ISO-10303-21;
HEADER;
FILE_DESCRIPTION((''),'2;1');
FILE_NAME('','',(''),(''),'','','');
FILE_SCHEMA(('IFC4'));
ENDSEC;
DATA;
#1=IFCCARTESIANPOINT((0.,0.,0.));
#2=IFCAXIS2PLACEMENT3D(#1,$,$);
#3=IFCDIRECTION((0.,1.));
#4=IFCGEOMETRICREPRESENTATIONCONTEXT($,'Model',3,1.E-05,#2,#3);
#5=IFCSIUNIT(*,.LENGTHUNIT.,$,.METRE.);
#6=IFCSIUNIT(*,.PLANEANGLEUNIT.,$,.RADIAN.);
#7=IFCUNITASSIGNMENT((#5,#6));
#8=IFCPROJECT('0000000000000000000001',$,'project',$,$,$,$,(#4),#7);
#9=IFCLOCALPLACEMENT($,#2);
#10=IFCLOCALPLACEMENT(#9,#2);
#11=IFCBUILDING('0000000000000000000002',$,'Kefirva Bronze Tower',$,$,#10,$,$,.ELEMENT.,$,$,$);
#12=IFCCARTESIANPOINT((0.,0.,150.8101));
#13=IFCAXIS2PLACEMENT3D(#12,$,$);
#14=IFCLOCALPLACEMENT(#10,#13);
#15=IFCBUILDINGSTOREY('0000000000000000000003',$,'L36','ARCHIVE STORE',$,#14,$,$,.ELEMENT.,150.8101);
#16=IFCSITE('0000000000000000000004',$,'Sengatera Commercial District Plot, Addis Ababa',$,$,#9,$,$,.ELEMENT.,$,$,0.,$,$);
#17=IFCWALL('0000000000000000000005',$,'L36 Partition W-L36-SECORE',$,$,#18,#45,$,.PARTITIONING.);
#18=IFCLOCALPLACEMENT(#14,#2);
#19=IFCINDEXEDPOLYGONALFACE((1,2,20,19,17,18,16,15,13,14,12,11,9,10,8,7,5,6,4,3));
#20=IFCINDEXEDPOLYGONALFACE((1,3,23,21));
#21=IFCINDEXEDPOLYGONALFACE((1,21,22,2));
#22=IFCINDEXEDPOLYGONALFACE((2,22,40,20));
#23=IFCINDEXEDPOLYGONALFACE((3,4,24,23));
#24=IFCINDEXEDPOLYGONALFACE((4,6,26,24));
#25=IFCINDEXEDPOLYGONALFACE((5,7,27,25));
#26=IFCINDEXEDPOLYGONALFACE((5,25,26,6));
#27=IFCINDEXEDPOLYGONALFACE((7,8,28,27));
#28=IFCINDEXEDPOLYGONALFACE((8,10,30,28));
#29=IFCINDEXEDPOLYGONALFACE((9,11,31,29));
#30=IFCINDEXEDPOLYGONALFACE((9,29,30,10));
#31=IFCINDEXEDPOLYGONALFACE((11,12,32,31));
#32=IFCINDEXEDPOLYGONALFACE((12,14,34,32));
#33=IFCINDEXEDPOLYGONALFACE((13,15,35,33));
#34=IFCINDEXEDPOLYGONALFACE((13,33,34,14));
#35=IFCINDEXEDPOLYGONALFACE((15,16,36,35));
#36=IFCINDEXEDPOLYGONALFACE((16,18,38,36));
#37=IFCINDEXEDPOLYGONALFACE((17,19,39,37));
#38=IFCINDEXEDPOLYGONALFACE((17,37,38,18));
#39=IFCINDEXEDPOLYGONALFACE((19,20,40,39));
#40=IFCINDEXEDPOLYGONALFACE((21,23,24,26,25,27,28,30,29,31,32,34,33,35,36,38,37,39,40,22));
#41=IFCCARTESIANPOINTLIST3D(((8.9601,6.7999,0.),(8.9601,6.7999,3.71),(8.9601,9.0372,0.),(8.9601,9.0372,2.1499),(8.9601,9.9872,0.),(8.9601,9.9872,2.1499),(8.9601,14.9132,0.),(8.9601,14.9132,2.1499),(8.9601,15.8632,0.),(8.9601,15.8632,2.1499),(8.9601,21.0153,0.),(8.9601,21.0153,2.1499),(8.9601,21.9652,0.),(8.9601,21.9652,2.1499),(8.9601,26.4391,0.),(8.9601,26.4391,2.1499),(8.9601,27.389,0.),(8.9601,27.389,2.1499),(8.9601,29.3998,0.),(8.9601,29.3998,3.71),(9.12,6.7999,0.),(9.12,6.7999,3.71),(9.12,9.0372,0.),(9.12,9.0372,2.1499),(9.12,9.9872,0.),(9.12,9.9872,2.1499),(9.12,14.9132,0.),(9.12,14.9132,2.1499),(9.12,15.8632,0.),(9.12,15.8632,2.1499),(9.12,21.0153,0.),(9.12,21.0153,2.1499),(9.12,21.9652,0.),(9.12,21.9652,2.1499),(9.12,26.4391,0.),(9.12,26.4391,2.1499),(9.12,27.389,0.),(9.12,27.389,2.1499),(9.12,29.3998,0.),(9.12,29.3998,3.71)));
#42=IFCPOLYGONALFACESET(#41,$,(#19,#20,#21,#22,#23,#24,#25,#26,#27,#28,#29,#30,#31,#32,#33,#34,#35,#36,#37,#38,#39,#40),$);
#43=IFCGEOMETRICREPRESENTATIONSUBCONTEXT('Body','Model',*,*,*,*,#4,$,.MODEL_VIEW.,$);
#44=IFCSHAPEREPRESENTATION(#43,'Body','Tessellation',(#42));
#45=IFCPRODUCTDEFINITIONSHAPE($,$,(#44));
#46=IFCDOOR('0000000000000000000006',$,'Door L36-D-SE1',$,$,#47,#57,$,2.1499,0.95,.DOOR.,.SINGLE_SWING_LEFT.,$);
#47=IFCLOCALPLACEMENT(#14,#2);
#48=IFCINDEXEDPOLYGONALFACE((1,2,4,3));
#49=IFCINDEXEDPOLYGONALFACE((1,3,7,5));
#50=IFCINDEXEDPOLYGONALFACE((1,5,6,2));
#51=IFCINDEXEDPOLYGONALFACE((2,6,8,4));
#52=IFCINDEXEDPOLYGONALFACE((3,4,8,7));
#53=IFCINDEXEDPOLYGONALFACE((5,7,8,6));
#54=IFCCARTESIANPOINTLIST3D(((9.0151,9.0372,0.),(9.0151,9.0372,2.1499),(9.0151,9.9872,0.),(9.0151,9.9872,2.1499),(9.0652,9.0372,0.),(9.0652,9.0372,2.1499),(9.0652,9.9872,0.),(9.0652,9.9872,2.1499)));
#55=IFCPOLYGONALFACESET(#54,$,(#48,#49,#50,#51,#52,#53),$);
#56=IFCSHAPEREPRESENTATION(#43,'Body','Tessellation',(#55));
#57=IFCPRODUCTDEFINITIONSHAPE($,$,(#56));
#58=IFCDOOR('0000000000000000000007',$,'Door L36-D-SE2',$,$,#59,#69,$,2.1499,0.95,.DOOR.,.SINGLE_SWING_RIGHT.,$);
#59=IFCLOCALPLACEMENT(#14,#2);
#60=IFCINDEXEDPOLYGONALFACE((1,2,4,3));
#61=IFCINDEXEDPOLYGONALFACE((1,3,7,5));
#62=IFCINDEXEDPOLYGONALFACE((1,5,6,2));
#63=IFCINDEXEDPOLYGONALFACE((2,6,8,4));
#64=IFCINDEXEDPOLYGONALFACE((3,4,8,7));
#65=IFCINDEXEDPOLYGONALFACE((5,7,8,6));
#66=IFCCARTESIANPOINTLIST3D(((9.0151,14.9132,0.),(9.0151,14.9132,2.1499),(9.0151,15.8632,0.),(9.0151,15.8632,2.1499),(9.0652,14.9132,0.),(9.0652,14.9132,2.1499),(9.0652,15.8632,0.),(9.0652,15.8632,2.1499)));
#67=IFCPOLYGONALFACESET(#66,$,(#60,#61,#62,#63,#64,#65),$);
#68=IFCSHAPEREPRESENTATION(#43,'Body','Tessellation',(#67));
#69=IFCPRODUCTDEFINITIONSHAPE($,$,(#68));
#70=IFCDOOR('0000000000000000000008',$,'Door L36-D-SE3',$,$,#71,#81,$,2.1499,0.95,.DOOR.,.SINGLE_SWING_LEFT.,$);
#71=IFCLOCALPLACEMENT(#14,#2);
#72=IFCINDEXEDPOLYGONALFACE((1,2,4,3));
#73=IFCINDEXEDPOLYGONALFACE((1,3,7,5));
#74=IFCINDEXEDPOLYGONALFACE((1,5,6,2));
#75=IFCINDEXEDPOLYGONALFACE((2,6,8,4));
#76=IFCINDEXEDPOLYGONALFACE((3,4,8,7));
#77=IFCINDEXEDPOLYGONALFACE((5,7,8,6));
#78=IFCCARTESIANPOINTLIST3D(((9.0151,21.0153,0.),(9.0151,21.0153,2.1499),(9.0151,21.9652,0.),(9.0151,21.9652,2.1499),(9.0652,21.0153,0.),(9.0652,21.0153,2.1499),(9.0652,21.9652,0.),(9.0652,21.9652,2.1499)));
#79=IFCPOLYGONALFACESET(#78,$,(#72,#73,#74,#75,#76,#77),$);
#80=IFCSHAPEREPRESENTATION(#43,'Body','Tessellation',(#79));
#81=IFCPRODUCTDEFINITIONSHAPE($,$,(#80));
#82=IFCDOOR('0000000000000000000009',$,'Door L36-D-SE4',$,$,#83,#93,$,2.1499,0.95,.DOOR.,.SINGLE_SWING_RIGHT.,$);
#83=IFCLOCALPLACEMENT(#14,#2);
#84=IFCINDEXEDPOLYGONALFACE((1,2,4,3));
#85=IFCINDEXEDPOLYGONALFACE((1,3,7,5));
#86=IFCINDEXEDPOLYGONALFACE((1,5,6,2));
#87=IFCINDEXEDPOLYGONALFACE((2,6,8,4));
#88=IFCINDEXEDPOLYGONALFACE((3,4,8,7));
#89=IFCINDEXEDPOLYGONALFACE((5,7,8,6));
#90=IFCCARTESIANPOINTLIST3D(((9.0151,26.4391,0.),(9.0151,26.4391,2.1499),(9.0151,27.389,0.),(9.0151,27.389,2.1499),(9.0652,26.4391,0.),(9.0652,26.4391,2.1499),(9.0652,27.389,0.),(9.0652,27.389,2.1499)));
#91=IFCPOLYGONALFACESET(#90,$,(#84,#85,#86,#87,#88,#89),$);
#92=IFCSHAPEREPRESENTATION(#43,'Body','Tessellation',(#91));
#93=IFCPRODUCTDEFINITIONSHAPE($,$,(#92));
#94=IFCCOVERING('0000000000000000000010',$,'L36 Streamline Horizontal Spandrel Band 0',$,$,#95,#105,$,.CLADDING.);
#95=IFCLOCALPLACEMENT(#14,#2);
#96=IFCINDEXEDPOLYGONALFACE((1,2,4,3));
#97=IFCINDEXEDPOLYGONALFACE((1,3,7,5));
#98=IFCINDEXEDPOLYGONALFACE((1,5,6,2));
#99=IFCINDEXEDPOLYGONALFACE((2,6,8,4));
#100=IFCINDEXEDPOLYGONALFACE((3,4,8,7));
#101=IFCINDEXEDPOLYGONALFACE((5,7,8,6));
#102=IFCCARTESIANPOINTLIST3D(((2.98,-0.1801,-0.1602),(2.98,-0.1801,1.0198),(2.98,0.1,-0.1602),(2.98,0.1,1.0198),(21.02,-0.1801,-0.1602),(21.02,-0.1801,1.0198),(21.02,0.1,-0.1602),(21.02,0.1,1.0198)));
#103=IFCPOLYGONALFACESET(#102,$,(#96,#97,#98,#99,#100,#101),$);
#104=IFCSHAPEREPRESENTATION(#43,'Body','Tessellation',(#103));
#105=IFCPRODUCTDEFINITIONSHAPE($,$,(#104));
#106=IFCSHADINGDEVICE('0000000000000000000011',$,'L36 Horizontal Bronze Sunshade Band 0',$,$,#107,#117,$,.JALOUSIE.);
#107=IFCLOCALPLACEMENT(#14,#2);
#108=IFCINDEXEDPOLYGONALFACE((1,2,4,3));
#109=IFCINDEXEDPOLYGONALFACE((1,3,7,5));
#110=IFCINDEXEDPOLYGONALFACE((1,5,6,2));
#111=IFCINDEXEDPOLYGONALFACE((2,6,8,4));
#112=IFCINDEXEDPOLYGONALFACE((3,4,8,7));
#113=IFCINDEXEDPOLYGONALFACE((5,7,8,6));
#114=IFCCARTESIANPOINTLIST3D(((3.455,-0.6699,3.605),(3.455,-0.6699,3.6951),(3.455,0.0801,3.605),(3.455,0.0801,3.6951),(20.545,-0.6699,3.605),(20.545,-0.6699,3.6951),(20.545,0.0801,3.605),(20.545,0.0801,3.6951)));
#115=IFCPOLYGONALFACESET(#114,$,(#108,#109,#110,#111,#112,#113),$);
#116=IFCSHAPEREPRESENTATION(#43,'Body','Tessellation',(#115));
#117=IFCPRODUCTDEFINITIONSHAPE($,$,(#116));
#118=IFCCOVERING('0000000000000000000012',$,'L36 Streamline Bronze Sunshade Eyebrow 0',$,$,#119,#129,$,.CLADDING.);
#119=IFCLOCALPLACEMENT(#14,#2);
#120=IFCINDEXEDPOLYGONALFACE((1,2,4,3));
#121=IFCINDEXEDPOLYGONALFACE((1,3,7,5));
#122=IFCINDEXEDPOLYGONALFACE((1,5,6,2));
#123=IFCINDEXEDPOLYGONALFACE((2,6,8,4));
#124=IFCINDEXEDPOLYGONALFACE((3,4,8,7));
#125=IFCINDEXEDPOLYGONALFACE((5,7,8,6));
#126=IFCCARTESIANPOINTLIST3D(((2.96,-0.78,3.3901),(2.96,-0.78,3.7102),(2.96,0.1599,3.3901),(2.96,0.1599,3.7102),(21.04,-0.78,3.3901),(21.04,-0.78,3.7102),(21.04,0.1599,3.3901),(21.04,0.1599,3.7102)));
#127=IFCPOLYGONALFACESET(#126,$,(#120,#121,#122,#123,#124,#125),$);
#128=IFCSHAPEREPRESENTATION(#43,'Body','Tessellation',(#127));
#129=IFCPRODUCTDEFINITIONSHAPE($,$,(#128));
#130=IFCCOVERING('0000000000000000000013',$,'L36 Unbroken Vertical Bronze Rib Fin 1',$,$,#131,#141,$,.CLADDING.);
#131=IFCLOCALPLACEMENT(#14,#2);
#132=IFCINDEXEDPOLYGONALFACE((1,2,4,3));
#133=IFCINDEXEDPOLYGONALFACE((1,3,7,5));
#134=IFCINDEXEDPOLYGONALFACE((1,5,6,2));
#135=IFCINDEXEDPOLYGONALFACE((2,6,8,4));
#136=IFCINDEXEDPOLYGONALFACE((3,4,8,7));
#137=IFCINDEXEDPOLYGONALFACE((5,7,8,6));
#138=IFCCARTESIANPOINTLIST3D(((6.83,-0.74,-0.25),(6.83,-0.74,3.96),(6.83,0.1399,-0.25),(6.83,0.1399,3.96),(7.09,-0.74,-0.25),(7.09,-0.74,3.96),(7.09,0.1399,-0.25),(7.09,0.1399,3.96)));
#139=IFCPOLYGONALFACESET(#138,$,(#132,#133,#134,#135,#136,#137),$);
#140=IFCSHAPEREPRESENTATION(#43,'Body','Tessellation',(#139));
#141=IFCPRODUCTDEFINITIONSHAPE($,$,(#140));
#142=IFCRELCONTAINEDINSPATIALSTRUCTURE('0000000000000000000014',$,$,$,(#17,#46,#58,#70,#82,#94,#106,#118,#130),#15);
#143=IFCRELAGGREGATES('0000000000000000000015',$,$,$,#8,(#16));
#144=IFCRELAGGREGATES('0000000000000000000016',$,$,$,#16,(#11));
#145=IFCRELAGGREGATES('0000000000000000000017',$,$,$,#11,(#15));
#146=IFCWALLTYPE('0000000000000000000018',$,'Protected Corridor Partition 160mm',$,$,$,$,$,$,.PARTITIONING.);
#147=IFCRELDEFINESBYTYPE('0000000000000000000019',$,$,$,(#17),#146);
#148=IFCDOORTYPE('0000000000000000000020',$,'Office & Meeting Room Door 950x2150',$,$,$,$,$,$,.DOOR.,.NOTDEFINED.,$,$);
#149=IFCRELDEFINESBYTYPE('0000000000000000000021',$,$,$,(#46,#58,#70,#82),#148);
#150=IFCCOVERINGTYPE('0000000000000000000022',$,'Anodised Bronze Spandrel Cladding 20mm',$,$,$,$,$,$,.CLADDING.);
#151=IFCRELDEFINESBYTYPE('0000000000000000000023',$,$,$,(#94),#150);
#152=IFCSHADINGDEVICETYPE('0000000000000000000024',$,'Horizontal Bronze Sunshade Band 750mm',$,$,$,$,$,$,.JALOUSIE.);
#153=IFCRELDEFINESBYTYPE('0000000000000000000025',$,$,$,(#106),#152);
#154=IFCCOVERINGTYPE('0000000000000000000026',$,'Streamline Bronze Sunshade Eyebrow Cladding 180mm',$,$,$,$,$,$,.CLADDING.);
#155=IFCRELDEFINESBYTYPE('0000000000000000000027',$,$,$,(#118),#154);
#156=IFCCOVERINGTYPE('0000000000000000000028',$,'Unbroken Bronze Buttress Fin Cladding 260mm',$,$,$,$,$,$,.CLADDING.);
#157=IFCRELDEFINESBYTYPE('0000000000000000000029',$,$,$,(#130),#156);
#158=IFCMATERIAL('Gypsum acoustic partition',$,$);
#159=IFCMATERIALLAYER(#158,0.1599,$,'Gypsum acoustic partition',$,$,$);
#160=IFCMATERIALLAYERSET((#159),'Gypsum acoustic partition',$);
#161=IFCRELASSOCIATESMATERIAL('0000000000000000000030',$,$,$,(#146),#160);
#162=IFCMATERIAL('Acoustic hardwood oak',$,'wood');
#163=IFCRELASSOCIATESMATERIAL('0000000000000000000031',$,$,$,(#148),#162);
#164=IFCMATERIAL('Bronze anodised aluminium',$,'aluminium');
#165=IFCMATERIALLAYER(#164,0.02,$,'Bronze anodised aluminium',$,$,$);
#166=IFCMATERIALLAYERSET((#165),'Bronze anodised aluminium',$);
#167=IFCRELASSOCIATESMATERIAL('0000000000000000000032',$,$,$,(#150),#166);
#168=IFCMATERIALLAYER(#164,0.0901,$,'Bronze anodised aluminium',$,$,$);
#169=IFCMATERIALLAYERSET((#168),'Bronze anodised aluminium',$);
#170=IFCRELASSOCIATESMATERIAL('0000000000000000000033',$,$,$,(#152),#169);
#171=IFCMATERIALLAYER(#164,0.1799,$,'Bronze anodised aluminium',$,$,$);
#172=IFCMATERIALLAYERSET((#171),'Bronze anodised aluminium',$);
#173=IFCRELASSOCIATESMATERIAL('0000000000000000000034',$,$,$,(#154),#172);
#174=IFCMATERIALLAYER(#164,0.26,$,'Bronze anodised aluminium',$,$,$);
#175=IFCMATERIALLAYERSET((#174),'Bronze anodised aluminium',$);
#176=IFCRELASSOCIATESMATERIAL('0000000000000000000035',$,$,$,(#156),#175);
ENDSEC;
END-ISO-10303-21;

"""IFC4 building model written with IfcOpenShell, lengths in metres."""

from ifc_helpers import new_model, si_unit, direction, frame, frame_2d, origin, origin_2d, place, context, subcontext, project, spatial, rectangle, extrude, material, layer, layer_set, type_object, element, fill, save


model = new_model("IFC4")

# Units and contexts
model_context = context("Model", 3, precision=1e-05, world=origin(), true_north=direction((0.0, 1.0)))
body_context = subcontext(model_context, "Body", "Model", "MODEL_VIEW")
ifc_project = project(units=[si_unit("LENGTHUNIT", "METRE"), si_unit("PLANEANGLEUNIT", "RADIAN")], contexts=[model_context])

# Site, building, storey
site_placement = place(None, origin())
site = spatial("IfcSite", under=ifc_project, at=site_placement, Name="Sengatera Commercial District Plot, Addis Ababa", CompositionType="ELEMENT", RefElevation=0.0)
building_placement = place(site_placement, origin())
building = spatial("IfcBuilding", under=site, at=building_placement, Name="Kefirva Bronze Tower", CompositionType="ELEMENT")
storey_placement = place(building_placement, frame((0.0, 0.0, 150.8101)))
storey = spatial("IfcBuildingStorey", under=building, at=storey_placement, Name="L36", Description="ARCHIVE STORE", CompositionType="ELEMENT", Elevation=150.8101)

# Shared definitions
ifc_material_1 = material(Name="Bronze anodised aluminium", Category="aluminium")

# Shared definitions
ifc_material_2 = material(Name="Gypsum acoustic partition")

# Wall, openings, doors
ifc_layer_1 = layer(ifc_material_2, 0.1599, Name="Gypsum acoustic partition")
ifc_layer_set_1 = layer_set([ifc_layer_1], Name="Gypsum acoustic partition")
wall_type_1 = type_object("IfcWallType", Name="Protected Corridor Partition 160mm", PredefinedType="PARTITIONING", material=ifc_layer_set_1)
ifc_material_3 = material(Name="Acoustic hardwood oak", Category="wood")
door_type = type_object("IfcDoorType", Name="Office & Meeting Room Door 950x2150", OperationType="NOTDEFINED", PredefinedType="DOOR", material=ifc_material_3)
wall_1_placement = place(storey_placement, frame((9.04, 6.8, 0.0), z_axis=(0.0, 0.0, 1.0), x_axis=(0.0, 1.0, 0.0)))
wall_1 = element("IfcWall", 1, at=wall_1_placement, inside=storey, type_object=wall_type_1, Name="L36 Partition W-L36-SECORE", PredefinedType="PARTITIONING", context=body_context, shape_type="SweptSolid", body=[
    extrude(rectangle(XDim=22.5999, YDim=0.1599, at=frame_2d((11.2998, 0.0))), origin(), (0.0, 0.0, 1.0), 3.71),
])
opening_1_placement = place(wall_1_placement, frame((2.2371, 0.0, 0.0)))
opening_1 = element("IfcOpeningElement", 2, at=opening_1_placement, cuts=wall_1, PredefinedType="OPENING", context=body_context, shape_type="SweptSolid", body=[
    extrude(rectangle(XDim=0.95, YDim=2.1499, at=frame_2d((0.4751, 1.075))), frame((0.0, 0.0898, 0.0), z_axis=(0.0, -1.0, 0.0), x_axis=(1.0, 0.0, 0.0)), (0.0, 0.0, 1.0), 0.1799),
])
opening_2_placement = place(wall_1_placement, frame((8.113, 0.0, 0.0)))
opening_2 = element("IfcOpeningElement", 3, at=opening_2_placement, cuts=wall_1, PredefinedType="OPENING", context=body_context, shape_type="SweptSolid", body=[
    extrude(rectangle(XDim=0.95, YDim=2.1499, at=frame_2d((0.4751, 1.075))), frame((0.0, 0.0898, 0.0), z_axis=(0.0, -1.0, 0.0), x_axis=(1.0, 0.0, 0.0)), (0.0, 0.0, 1.0), 0.1799),
])
opening_3_placement = place(wall_1_placement, frame((14.2151, 0.0, 0.0)))
opening_3 = element("IfcOpeningElement", 4, at=opening_3_placement, cuts=wall_1, PredefinedType="OPENING", context=body_context, shape_type="SweptSolid", body=[
    extrude(rectangle(XDim=0.95, YDim=2.1499, at=frame_2d((0.4751, 1.075))), frame((0.0, 0.0898, 0.0), z_axis=(0.0, -1.0, 0.0), x_axis=(1.0, 0.0, 0.0)), (0.0, 0.0, 1.0), 0.1799),
])
opening_4_placement = place(wall_1_placement, frame((19.6389, 0.0, 0.0)))
opening_4 = element("IfcOpeningElement", 5, at=opening_4_placement, cuts=wall_1, PredefinedType="OPENING", context=body_context, shape_type="SweptSolid", body=[
    extrude(rectangle(XDim=0.95, YDim=2.1499, at=frame_2d((0.4751, 1.075))), frame((0.0, 0.0898, 0.0), z_axis=(0.0, -1.0, 0.0), x_axis=(1.0, 0.0, 0.0)), (0.0, 0.0, 1.0), 0.1799),
])
door_1_placement = place(opening_1_placement, origin())
door_1 = element("IfcDoor", 6, at=door_1_placement, inside=storey, type_object=door_type, Name="Door L36-D-SE1", OperationType="SINGLE_SWING_LEFT", OverallHeight=2.1499, OverallWidth=0.95, PredefinedType="DOOR", context=body_context, shape_type="SweptSolid", body=[
    extrude(rectangle(XDim=0.95, YDim=2.1499, at=frame_2d((0.4751, 1.075))), frame((0.0, 0.0249, 0.0), z_axis=(0.0, -1.0, 0.0), x_axis=(1.0, 0.0, 0.0)), (0.0, 0.0, 1.0), 0.05),
])
fill(opening_1, door_1)
door_2_placement = place(opening_2_placement, origin())
door_2 = element("IfcDoor", 7, at=door_2_placement, inside=storey, type_object=door_type, Name="Door L36-D-SE2", OperationType="SINGLE_SWING_RIGHT", OverallHeight=2.1499, OverallWidth=0.95, PredefinedType="DOOR", context=body_context, shape_type="SweptSolid", body=[
    extrude(rectangle(XDim=0.95, YDim=2.1499, at=frame_2d((0.4751, 1.075))), frame((0.0, 0.0249, 0.0), z_axis=(0.0, -1.0, 0.0), x_axis=(1.0, 0.0, 0.0)), (0.0, 0.0, 1.0), 0.05),
])
fill(opening_2, door_2)
door_3_placement = place(opening_3_placement, origin())
door_3 = element("IfcDoor", 8, at=door_3_placement, inside=storey, type_object=door_type, Name="Door L36-D-SE3", OperationType="SINGLE_SWING_LEFT", OverallHeight=2.1499, OverallWidth=0.95, PredefinedType="DOOR", context=body_context, shape_type="SweptSolid", body=[
    extrude(rectangle(XDim=0.95, YDim=2.1499, at=frame_2d((0.4751, 1.075))), frame((0.0, 0.0249, 0.0), z_axis=(0.0, -1.0, 0.0), x_axis=(1.0, 0.0, 0.0)), (0.0, 0.0, 1.0), 0.05),
])
fill(opening_3, door_3)
door_4_placement = place(opening_4_placement, origin())
door_4 = element("IfcDoor", 9, at=door_4_placement, inside=storey, type_object=door_type, Name="Door L36-D-SE4", OperationType="SINGLE_SWING_RIGHT", OverallHeight=2.1499, OverallWidth=0.95, PredefinedType="DOOR", context=body_context, shape_type="SweptSolid", body=[
    extrude(rectangle(XDim=0.95, YDim=2.1499, at=frame_2d((0.4751, 1.075))), frame((0.0, 0.0249, 0.0), z_axis=(0.0, -1.0, 0.0), x_axis=(1.0, 0.0, 0.0)), (0.0, 0.0, 1.0), 0.05),
])
fill(opening_4, door_4)

# Covering
ifc_layer_2 = layer(ifc_material_1, 0.02, Name="Bronze anodised aluminium")
ifc_layer_set_2 = layer_set([ifc_layer_2], Name="Bronze anodised aluminium")
covering_type_1 = type_object("IfcCoveringType", Name="Anodised Bronze Spandrel Cladding 20mm", PredefinedType="CLADDING", material=ifc_layer_set_2)
covering_1_placement = place(storey_placement, frame((12.0, -0.04, -0.1602), z_axis=(0.0, 0.0, 1.0), x_axis=(1.0, 0.0, 0.0)))
element("IfcCovering", 10, at=covering_1_placement, inside=storey, type_object=covering_type_1, Name="L36 Streamline Horizontal Spandrel Band 0", PredefinedType="CLADDING", context=body_context, shape_type="SweptSolid", body=[
    extrude(rectangle(XDim=18.04, YDim=0.28, at=origin_2d()), origin(), (0.0, 0.0, 1.0), 1.1799),
])

# Shading device
ifc_layer_3 = layer(ifc_material_1, 0.0901, Name="Bronze anodised aluminium")
ifc_layer_set_3 = layer_set([ifc_layer_3], Name="Bronze anodised aluminium")
shading_device_type = type_object("IfcShadingDeviceType", Name="Horizontal Bronze Sunshade Band 750mm", PredefinedType="JALOUSIE", material=ifc_layer_set_3)
shading_device_placement = place(storey_placement, frame((12.0, -0.2949, 3.605), z_axis=(0.0, 0.0, 1.0), x_axis=(1.0, 0.0, 0.0)))
element("IfcShadingDevice", 11, at=shading_device_placement, inside=storey, type_object=shading_device_type, Name="L36 Horizontal Bronze Sunshade Band 0", PredefinedType="JALOUSIE", context=body_context, shape_type="SweptSolid", body=[
    extrude(rectangle(XDim=17.0901, YDim=0.75, at=origin_2d()), origin(), (0.0, 0.0, 1.0), 0.0901),
])

# Coverings
ifc_layer_4 = layer(ifc_material_1, 0.1799, Name="Bronze anodised aluminium")
ifc_layer_set_4 = layer_set([ifc_layer_4], Name="Bronze anodised aluminium")
covering_type_2 = type_object("IfcCoveringType", Name="Streamline Bronze Sunshade Eyebrow Cladding 180mm", PredefinedType="CLADDING", material=ifc_layer_set_4)
covering_2_placement = place(storey_placement, frame((12.0, -0.3101, 3.3901), z_axis=(0.0, 0.0, 1.0), x_axis=(1.0, 0.0, 0.0)))
element("IfcCovering", 12, at=covering_2_placement, inside=storey, type_object=covering_type_2, Name="L36 Streamline Bronze Sunshade Eyebrow 0", PredefinedType="CLADDING", context=body_context, shape_type="SweptSolid", body=[
    extrude(rectangle(XDim=18.0801, YDim=0.9399, at=origin_2d()), origin(), (0.0, 0.0, 1.0), 0.3201),
])
ifc_layer_5 = layer(ifc_material_1, 0.26, Name="Bronze anodised aluminium")
ifc_layer_set_5 = layer_set([ifc_layer_5], Name="Bronze anodised aluminium")
covering_type_3 = type_object("IfcCoveringType", Name="Unbroken Bronze Buttress Fin Cladding 260mm", PredefinedType="CLADDING", material=ifc_layer_set_5)
covering_3_placement = place(storey_placement, frame((6.96, -0.3, -0.25), z_axis=(0.0, 0.0, 1.0), x_axis=(1.0, 0.0, 0.0)))
element("IfcCovering", 13, at=covering_3_placement, inside=storey, type_object=covering_type_3, Name="L36 Unbroken Vertical Bronze Rib Fin 1", PredefinedType="CLADDING", context=body_context, shape_type="SweptSolid", body=[
    extrude(rectangle(XDim=0.26, YDim=0.8799, at=origin_2d()), origin(), (0.0, 0.0, 1.0), 4.21),
])

save(model, "model.ifc")
